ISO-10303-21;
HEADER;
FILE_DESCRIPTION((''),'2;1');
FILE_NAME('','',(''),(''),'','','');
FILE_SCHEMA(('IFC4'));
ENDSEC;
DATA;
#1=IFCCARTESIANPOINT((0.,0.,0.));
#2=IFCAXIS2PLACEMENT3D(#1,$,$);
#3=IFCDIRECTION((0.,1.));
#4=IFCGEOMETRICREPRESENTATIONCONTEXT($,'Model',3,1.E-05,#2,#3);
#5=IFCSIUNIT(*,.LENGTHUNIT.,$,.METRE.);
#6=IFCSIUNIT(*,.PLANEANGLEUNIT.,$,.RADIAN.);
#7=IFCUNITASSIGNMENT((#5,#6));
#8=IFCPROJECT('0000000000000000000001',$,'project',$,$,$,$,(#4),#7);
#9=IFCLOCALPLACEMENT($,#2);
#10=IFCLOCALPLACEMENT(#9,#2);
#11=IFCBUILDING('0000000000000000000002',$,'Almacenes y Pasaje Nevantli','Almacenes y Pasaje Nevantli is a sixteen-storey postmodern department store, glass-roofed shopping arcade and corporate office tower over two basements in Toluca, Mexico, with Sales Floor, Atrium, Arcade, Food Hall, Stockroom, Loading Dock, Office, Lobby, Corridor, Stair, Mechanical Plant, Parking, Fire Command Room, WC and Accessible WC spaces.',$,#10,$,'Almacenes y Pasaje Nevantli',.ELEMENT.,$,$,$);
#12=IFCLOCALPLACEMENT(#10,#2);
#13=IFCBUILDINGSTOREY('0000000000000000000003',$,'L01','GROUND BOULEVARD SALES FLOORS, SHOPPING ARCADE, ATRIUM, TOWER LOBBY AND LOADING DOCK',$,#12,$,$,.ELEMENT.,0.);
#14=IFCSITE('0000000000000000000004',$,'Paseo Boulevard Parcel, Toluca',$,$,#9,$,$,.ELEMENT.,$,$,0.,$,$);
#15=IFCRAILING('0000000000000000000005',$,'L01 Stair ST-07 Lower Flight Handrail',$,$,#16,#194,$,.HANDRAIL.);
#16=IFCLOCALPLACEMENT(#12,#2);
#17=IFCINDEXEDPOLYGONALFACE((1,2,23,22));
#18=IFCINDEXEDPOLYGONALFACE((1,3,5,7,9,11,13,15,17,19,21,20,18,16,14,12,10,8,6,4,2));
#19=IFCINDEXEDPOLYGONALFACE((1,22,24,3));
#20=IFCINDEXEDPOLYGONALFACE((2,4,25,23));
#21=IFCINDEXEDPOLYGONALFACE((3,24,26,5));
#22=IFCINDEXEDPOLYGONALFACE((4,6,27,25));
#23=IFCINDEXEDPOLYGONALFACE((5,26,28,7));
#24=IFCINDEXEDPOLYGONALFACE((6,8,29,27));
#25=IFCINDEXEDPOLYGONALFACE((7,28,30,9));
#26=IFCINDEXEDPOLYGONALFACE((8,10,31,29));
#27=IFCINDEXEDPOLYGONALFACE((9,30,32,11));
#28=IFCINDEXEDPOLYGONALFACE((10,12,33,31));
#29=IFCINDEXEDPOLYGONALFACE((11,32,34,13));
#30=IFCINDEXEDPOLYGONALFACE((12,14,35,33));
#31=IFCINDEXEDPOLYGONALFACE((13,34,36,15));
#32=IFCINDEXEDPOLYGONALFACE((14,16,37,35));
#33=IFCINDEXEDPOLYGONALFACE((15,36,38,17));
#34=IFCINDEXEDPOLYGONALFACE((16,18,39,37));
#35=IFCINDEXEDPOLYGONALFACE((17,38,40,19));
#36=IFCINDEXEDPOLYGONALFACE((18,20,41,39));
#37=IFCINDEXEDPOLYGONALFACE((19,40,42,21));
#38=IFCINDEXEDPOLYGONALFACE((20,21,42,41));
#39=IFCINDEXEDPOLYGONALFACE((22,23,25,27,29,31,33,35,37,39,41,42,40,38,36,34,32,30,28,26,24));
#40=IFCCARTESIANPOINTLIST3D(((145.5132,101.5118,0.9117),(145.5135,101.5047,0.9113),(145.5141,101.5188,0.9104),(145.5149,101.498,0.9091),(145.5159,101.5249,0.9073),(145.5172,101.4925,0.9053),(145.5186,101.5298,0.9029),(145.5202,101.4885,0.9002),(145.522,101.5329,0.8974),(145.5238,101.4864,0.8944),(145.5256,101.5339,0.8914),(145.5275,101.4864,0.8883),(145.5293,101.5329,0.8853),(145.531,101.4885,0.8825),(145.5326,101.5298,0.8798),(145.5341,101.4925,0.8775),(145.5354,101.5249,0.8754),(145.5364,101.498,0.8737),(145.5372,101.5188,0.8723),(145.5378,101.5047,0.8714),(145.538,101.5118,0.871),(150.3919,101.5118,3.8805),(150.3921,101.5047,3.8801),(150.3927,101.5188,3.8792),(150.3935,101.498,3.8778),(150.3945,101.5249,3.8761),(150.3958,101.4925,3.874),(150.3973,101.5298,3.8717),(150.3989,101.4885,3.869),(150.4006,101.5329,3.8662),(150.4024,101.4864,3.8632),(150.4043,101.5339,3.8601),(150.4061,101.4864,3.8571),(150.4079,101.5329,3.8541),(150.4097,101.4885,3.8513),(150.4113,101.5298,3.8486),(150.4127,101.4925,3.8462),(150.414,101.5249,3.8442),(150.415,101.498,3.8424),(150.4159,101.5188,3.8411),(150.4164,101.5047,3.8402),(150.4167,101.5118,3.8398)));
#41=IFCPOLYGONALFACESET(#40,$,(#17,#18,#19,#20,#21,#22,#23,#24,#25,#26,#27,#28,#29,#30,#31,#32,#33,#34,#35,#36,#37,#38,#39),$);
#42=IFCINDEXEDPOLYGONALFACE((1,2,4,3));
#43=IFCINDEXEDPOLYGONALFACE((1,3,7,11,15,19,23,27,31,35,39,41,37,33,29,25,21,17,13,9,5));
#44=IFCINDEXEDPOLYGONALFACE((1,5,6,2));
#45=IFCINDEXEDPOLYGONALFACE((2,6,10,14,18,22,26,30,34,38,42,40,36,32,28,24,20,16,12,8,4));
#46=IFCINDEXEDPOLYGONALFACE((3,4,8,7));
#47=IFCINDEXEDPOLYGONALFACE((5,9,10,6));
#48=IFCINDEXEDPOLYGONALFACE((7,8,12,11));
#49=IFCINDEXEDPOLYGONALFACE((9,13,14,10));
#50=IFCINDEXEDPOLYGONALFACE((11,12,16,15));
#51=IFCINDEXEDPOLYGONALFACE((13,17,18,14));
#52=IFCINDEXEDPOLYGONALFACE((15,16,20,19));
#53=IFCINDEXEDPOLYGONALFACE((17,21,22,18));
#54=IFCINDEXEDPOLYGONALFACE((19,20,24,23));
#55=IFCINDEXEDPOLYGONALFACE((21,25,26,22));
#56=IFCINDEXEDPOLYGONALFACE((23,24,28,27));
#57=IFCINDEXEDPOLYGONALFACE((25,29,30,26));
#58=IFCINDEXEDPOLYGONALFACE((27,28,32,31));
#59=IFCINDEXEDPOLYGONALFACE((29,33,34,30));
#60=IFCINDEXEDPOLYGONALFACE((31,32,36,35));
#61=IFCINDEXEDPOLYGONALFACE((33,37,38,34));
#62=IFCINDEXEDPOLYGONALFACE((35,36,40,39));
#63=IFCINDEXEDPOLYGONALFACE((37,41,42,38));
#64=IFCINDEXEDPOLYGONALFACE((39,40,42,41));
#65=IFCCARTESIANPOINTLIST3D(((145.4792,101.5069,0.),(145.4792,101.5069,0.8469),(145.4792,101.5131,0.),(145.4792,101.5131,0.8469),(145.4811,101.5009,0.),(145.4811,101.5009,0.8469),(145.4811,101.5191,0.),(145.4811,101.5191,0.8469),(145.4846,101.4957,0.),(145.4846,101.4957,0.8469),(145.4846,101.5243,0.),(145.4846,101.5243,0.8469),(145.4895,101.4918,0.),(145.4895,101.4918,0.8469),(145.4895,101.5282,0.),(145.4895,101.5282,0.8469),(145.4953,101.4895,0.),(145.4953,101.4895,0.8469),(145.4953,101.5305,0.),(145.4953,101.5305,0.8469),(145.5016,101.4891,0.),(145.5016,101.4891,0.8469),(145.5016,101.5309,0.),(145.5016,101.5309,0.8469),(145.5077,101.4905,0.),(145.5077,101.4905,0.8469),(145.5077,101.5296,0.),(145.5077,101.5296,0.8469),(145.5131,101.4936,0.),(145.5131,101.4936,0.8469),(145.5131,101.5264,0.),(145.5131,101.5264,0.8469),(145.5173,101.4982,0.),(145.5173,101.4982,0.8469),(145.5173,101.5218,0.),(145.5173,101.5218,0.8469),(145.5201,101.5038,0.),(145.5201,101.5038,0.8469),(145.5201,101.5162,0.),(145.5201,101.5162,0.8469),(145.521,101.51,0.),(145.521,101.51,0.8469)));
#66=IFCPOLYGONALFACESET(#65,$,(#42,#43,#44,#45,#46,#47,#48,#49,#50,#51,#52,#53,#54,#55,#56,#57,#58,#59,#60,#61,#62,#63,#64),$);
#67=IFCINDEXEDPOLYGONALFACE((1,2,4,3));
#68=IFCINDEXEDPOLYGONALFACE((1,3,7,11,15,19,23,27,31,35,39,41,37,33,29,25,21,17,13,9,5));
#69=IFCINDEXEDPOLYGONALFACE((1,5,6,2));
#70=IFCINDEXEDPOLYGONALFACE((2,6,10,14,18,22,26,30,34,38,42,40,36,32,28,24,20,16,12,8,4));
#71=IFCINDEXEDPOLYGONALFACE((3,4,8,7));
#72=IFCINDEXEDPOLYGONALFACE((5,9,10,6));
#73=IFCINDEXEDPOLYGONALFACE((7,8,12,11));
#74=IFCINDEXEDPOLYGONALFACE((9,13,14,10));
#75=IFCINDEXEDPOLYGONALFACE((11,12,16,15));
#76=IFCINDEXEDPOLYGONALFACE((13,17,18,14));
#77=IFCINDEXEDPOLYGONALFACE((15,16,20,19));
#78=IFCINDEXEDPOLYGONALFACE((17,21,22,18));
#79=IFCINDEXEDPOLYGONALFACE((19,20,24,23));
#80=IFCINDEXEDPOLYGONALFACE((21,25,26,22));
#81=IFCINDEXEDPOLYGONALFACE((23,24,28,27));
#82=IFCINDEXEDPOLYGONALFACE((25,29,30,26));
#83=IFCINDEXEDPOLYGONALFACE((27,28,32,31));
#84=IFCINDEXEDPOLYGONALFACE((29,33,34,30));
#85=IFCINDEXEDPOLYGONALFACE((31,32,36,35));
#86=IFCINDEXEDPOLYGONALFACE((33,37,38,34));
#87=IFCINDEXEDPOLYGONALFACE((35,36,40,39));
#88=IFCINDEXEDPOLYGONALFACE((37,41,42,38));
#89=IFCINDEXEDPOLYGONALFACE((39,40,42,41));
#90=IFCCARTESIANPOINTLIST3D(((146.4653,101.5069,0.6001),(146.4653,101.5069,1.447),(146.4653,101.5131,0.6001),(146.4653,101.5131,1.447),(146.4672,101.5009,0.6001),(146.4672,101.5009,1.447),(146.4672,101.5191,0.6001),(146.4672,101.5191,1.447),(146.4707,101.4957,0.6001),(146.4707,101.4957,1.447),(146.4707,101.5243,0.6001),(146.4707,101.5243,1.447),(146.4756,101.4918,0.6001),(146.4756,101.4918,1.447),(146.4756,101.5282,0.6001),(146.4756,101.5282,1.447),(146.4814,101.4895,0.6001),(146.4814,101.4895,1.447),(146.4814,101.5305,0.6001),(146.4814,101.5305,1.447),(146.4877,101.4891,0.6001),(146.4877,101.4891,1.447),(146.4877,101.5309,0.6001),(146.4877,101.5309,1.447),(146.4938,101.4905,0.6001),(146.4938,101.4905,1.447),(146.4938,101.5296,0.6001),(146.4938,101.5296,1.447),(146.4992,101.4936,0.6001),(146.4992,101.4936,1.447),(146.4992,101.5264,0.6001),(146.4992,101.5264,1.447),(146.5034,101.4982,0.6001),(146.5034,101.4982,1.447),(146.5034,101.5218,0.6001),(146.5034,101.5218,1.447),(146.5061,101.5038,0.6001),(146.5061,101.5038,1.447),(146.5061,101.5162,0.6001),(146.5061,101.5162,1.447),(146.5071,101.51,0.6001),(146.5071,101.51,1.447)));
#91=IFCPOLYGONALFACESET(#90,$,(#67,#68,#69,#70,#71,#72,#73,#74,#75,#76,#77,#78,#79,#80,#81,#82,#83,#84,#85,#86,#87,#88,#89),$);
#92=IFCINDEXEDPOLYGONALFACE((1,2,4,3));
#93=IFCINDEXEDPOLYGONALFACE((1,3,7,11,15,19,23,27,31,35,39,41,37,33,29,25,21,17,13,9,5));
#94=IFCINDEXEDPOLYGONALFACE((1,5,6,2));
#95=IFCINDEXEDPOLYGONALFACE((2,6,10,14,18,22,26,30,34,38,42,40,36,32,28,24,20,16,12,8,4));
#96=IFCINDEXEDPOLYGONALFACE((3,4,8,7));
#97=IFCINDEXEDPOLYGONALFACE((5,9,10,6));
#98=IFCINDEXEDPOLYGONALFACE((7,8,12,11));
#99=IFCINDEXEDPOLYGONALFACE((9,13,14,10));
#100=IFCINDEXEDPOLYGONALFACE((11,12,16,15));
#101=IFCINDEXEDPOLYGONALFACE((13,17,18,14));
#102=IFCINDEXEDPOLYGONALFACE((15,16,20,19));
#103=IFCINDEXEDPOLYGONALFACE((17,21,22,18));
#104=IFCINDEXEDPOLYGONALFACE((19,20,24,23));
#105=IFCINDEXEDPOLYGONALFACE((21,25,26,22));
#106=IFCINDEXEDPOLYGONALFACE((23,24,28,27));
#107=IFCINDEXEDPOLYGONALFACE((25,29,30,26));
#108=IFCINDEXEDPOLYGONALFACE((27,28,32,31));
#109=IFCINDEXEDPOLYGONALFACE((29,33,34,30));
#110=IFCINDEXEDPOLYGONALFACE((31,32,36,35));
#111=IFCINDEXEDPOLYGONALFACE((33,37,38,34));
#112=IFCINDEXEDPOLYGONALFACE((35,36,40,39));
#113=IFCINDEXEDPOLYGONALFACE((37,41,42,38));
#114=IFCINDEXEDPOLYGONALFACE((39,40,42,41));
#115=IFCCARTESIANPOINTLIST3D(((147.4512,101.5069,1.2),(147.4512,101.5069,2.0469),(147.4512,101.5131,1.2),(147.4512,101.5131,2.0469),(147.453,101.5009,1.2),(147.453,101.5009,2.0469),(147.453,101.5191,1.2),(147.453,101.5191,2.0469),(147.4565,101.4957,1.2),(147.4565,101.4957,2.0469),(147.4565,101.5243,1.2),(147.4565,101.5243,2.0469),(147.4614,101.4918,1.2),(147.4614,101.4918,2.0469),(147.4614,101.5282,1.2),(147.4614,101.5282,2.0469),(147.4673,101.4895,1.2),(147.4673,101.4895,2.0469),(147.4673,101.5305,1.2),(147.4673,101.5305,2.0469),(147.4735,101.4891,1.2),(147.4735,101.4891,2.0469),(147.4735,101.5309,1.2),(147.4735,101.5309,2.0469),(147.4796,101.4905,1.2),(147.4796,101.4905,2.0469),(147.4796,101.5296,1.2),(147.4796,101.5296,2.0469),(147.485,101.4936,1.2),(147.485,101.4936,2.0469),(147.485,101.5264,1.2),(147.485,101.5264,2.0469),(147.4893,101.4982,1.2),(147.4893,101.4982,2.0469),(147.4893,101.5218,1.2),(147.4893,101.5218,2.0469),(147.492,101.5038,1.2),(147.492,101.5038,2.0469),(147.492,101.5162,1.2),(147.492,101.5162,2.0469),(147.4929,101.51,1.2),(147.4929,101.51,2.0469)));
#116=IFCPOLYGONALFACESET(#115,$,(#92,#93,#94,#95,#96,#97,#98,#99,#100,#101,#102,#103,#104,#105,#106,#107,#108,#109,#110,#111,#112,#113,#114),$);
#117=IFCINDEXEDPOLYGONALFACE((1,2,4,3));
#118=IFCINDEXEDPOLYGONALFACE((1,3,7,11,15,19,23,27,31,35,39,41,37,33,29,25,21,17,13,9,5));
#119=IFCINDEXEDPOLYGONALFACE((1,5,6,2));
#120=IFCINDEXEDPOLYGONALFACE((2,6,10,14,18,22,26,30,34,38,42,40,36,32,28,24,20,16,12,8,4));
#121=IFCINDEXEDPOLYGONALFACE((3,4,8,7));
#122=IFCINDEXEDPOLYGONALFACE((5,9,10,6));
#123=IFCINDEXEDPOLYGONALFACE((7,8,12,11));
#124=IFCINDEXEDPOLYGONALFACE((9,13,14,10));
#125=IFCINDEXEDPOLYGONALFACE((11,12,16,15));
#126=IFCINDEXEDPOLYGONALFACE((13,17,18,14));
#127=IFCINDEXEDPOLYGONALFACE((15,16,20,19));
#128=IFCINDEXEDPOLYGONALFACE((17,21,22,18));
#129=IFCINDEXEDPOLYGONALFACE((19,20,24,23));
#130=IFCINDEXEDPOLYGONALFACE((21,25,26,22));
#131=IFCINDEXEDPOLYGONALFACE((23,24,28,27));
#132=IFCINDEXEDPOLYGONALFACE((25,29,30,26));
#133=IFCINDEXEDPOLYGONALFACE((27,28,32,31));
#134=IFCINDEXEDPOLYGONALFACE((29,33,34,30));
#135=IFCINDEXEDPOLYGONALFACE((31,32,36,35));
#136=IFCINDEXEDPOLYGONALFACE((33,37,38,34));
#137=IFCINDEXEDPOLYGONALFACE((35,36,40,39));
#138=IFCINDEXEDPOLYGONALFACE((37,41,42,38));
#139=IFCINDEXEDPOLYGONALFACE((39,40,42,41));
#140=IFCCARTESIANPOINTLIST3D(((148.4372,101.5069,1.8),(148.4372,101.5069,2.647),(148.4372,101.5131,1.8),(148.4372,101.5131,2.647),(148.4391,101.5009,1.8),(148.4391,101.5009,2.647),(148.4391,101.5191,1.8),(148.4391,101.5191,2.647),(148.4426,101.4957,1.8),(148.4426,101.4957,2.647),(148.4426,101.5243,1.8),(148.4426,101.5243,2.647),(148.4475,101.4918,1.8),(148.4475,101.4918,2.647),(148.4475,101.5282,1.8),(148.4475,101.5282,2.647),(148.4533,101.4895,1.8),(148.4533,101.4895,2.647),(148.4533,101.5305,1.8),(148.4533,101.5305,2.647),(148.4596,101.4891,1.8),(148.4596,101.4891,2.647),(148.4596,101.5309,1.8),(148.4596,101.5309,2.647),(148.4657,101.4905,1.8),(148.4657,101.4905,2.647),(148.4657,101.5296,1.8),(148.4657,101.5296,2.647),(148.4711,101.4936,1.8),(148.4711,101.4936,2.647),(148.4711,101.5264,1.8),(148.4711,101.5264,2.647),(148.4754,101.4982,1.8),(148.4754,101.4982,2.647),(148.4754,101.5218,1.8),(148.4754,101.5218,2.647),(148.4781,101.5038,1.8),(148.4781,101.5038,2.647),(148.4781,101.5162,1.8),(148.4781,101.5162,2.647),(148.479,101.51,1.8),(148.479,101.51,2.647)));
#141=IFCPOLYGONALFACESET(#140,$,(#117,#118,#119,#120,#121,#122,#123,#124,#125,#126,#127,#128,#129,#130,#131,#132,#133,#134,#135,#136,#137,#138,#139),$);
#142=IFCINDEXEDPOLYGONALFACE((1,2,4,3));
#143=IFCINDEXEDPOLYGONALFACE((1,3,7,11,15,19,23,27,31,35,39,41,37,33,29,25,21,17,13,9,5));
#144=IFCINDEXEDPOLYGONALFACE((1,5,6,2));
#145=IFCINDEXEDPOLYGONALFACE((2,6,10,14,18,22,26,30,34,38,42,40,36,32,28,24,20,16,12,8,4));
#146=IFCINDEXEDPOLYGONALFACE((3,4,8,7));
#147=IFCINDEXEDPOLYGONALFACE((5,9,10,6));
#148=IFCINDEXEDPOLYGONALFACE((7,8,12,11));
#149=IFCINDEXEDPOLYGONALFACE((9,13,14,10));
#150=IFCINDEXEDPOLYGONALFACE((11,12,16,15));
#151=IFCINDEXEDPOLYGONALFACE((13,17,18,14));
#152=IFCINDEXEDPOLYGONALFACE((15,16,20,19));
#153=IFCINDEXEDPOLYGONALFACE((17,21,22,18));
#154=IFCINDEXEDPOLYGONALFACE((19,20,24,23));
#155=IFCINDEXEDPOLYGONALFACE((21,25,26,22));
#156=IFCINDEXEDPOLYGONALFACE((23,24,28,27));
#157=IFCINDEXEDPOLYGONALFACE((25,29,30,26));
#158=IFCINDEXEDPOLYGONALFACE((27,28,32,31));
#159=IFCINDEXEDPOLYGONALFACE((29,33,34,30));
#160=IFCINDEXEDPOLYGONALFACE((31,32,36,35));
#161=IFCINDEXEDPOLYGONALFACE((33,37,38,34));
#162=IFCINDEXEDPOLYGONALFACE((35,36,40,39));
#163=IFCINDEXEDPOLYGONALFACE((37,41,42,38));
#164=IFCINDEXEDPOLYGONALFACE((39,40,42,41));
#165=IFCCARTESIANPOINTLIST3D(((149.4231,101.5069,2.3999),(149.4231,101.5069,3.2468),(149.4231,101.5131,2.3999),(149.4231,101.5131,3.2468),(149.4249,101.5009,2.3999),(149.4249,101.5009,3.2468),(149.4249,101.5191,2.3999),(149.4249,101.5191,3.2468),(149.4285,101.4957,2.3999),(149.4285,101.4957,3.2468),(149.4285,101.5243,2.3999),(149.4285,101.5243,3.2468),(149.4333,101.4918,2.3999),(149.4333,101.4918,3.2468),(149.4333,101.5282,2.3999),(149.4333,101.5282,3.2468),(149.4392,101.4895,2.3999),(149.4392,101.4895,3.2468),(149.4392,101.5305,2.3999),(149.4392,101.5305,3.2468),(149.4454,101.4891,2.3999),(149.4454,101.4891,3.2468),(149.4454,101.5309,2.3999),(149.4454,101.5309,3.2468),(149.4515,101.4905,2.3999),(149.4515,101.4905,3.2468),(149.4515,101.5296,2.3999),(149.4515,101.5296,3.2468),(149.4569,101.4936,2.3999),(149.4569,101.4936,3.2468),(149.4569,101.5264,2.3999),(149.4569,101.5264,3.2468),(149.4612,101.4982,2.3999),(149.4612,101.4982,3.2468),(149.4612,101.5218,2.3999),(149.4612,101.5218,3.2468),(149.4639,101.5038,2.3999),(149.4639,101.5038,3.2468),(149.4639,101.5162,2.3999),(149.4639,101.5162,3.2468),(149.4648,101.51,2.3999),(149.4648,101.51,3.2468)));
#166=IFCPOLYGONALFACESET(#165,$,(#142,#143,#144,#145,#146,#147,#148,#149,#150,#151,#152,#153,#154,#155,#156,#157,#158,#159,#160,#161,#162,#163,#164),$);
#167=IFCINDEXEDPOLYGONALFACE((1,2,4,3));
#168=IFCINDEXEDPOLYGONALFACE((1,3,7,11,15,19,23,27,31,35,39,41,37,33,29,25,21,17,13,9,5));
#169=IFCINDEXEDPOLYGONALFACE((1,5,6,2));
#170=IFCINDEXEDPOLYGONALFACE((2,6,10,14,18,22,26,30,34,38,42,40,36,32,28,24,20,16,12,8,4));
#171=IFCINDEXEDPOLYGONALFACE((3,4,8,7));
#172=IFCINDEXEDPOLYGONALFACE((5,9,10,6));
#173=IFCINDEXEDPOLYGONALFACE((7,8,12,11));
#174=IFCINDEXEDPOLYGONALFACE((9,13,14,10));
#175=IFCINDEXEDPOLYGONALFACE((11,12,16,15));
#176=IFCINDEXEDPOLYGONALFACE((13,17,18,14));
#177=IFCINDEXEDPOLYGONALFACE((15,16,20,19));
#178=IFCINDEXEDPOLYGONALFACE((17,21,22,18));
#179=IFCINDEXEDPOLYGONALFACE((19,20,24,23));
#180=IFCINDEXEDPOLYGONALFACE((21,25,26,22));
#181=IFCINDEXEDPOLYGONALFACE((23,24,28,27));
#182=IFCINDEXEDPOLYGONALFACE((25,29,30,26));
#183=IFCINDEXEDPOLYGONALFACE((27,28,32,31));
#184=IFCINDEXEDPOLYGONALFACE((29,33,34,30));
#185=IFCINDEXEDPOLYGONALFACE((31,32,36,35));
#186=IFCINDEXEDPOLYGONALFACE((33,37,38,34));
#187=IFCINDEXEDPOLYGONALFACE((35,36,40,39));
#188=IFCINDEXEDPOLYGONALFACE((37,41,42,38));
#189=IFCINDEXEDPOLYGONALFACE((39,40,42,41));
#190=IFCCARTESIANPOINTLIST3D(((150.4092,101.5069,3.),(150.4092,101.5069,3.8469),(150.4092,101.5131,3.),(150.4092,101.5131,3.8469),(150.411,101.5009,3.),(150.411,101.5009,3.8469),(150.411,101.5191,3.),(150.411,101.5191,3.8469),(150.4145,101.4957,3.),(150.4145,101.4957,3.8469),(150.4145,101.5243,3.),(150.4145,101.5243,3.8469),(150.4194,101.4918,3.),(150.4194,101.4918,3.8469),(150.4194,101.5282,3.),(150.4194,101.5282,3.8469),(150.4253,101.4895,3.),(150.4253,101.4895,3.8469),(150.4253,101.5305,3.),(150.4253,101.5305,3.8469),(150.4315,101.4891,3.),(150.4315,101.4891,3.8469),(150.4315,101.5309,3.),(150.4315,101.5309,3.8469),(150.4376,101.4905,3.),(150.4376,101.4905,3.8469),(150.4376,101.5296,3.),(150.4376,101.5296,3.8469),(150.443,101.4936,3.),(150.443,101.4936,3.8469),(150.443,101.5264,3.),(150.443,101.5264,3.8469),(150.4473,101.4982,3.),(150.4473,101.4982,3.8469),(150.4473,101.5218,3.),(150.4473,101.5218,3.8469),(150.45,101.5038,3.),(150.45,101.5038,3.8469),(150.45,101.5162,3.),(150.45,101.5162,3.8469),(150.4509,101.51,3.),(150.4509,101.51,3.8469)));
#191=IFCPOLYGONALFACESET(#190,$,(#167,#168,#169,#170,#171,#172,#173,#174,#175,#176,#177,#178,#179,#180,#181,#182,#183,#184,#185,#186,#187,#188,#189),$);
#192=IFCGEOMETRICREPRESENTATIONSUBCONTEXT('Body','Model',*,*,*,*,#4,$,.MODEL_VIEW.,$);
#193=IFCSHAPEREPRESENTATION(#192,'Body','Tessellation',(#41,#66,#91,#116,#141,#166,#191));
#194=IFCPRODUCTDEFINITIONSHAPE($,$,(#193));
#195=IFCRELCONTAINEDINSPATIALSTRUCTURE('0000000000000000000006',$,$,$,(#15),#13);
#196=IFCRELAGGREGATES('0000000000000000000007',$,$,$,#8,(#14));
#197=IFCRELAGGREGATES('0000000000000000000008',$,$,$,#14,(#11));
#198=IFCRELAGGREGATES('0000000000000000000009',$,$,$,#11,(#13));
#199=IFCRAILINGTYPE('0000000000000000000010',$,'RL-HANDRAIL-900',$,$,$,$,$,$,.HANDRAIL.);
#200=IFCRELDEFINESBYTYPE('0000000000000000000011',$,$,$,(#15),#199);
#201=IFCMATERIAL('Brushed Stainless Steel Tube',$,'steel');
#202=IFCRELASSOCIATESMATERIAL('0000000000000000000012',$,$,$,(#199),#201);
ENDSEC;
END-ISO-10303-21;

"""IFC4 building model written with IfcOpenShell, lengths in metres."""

from ifc_helpers import new_model, si_unit, direction, frame, origin, origin_2d, place, context, subcontext, project, spatial, circle, extrude, material, type_object, element, save


model = new_model("IFC4")

# Units and contexts
model_context = context("Model", 3, precision=1e-05, world=origin(), true_north=direction((0.0, 1.0)))
body_context = subcontext(model_context, "Body", "Model", "MODEL_VIEW")
ifc_project = project(units=[si_unit("LENGTHUNIT", "METRE"), si_unit("PLANEANGLEUNIT", "RADIAN")], contexts=[model_context])

# Site, building, storey
site_placement = place(None, origin())
site = spatial("IfcSite", under=ifc_project, at=site_placement, Name="Paseo Boulevard Parcel, Toluca", CompositionType="ELEMENT", RefElevation=0.0)
building_placement = place(site_placement, origin())
building = spatial("IfcBuilding", under=site, at=building_placement, Name="Almacenes y Pasaje Nevantli", Description="Almacenes y Pasaje Nevantli is a sixteen-storey postmodern department store, glass-roofed shopping arcade and corporate office tower over two basements in Toluca, Mexico, with Sales Floor, Atrium, Arcade, Food Hall, Stockroom, Loading Dock, Office, Lobby, Corridor, Stair, Mechanical Plant, Parking, Fire Command Room, WC and Accessible WC spaces.", LongName="Almacenes y Pasaje Nevantli", CompositionType="ELEMENT")
storey_placement = place(building_placement, origin())
storey = spatial("IfcBuildingStorey", under=building, at=storey_placement, Name="L01", Description="GROUND BOULEVARD SALES FLOORS, SHOPPING ARCADE, ATRIUM, TOWER LOBBY AND LOADING DOCK", CompositionType="ELEMENT", Elevation=0.0)

# Railing
ifc_material_1 = material(Name="Brushed Stainless Steel Tube", Category="steel")
railing_type_1 = type_object("IfcRailingType", Name="RL-HANDRAIL-900", PredefinedType="HANDRAIL", material=ifc_material_1)
railing_1_placement = place(storey_placement, frame((145.5, 101.51, 0.0)))
element("IfcRailing", 1, at=railing_1_placement, inside=storey, type_object=railing_type_1, Name="L01 Stair ST-07 Lower Flight Handrail", PredefinedType="HANDRAIL", context=body_context, shape_type="SweptSolid", body=[
    extrude(circle(Radius=0.0239, at=origin_2d()), frame((0.0256, 0.0, 0.8914), z_axis=(0.854262, 0.0, 0.519842), x_axis=(0.0, 1.0, 0.0)), (0.0, 0.0, 1.0), 5.7109),
    extrude(circle(Radius=0.021, at=origin_2d()), origin(), (0.0, 0.0, 1.0), 0.8469),
    extrude(circle(Radius=0.021, at=origin_2d()), frame((0.9861, 0.0, 0.6001)), (0.0, 0.0, 1.0), 0.8469),
    extrude(circle(Radius=0.021, at=origin_2d()), frame((1.9719, 0.0, 1.2)), (0.0, 0.0, 1.0), 0.8469),
    extrude(circle(Radius=0.021, at=origin_2d()), frame((2.958, 0.0, 1.8)), (0.0, 0.0, 1.0), 0.8469),
    extrude(circle(Radius=0.021, at=origin_2d()), frame((3.9438, 0.0, 2.3999)), (0.0, 0.0, 1.0), 0.8469),
    extrude(circle(Radius=0.021, at=origin_2d()), frame((4.9299, 0.0, 3.0)), (0.0, 0.0, 1.0), 0.8469),
])

save(model, "model.ifc")
